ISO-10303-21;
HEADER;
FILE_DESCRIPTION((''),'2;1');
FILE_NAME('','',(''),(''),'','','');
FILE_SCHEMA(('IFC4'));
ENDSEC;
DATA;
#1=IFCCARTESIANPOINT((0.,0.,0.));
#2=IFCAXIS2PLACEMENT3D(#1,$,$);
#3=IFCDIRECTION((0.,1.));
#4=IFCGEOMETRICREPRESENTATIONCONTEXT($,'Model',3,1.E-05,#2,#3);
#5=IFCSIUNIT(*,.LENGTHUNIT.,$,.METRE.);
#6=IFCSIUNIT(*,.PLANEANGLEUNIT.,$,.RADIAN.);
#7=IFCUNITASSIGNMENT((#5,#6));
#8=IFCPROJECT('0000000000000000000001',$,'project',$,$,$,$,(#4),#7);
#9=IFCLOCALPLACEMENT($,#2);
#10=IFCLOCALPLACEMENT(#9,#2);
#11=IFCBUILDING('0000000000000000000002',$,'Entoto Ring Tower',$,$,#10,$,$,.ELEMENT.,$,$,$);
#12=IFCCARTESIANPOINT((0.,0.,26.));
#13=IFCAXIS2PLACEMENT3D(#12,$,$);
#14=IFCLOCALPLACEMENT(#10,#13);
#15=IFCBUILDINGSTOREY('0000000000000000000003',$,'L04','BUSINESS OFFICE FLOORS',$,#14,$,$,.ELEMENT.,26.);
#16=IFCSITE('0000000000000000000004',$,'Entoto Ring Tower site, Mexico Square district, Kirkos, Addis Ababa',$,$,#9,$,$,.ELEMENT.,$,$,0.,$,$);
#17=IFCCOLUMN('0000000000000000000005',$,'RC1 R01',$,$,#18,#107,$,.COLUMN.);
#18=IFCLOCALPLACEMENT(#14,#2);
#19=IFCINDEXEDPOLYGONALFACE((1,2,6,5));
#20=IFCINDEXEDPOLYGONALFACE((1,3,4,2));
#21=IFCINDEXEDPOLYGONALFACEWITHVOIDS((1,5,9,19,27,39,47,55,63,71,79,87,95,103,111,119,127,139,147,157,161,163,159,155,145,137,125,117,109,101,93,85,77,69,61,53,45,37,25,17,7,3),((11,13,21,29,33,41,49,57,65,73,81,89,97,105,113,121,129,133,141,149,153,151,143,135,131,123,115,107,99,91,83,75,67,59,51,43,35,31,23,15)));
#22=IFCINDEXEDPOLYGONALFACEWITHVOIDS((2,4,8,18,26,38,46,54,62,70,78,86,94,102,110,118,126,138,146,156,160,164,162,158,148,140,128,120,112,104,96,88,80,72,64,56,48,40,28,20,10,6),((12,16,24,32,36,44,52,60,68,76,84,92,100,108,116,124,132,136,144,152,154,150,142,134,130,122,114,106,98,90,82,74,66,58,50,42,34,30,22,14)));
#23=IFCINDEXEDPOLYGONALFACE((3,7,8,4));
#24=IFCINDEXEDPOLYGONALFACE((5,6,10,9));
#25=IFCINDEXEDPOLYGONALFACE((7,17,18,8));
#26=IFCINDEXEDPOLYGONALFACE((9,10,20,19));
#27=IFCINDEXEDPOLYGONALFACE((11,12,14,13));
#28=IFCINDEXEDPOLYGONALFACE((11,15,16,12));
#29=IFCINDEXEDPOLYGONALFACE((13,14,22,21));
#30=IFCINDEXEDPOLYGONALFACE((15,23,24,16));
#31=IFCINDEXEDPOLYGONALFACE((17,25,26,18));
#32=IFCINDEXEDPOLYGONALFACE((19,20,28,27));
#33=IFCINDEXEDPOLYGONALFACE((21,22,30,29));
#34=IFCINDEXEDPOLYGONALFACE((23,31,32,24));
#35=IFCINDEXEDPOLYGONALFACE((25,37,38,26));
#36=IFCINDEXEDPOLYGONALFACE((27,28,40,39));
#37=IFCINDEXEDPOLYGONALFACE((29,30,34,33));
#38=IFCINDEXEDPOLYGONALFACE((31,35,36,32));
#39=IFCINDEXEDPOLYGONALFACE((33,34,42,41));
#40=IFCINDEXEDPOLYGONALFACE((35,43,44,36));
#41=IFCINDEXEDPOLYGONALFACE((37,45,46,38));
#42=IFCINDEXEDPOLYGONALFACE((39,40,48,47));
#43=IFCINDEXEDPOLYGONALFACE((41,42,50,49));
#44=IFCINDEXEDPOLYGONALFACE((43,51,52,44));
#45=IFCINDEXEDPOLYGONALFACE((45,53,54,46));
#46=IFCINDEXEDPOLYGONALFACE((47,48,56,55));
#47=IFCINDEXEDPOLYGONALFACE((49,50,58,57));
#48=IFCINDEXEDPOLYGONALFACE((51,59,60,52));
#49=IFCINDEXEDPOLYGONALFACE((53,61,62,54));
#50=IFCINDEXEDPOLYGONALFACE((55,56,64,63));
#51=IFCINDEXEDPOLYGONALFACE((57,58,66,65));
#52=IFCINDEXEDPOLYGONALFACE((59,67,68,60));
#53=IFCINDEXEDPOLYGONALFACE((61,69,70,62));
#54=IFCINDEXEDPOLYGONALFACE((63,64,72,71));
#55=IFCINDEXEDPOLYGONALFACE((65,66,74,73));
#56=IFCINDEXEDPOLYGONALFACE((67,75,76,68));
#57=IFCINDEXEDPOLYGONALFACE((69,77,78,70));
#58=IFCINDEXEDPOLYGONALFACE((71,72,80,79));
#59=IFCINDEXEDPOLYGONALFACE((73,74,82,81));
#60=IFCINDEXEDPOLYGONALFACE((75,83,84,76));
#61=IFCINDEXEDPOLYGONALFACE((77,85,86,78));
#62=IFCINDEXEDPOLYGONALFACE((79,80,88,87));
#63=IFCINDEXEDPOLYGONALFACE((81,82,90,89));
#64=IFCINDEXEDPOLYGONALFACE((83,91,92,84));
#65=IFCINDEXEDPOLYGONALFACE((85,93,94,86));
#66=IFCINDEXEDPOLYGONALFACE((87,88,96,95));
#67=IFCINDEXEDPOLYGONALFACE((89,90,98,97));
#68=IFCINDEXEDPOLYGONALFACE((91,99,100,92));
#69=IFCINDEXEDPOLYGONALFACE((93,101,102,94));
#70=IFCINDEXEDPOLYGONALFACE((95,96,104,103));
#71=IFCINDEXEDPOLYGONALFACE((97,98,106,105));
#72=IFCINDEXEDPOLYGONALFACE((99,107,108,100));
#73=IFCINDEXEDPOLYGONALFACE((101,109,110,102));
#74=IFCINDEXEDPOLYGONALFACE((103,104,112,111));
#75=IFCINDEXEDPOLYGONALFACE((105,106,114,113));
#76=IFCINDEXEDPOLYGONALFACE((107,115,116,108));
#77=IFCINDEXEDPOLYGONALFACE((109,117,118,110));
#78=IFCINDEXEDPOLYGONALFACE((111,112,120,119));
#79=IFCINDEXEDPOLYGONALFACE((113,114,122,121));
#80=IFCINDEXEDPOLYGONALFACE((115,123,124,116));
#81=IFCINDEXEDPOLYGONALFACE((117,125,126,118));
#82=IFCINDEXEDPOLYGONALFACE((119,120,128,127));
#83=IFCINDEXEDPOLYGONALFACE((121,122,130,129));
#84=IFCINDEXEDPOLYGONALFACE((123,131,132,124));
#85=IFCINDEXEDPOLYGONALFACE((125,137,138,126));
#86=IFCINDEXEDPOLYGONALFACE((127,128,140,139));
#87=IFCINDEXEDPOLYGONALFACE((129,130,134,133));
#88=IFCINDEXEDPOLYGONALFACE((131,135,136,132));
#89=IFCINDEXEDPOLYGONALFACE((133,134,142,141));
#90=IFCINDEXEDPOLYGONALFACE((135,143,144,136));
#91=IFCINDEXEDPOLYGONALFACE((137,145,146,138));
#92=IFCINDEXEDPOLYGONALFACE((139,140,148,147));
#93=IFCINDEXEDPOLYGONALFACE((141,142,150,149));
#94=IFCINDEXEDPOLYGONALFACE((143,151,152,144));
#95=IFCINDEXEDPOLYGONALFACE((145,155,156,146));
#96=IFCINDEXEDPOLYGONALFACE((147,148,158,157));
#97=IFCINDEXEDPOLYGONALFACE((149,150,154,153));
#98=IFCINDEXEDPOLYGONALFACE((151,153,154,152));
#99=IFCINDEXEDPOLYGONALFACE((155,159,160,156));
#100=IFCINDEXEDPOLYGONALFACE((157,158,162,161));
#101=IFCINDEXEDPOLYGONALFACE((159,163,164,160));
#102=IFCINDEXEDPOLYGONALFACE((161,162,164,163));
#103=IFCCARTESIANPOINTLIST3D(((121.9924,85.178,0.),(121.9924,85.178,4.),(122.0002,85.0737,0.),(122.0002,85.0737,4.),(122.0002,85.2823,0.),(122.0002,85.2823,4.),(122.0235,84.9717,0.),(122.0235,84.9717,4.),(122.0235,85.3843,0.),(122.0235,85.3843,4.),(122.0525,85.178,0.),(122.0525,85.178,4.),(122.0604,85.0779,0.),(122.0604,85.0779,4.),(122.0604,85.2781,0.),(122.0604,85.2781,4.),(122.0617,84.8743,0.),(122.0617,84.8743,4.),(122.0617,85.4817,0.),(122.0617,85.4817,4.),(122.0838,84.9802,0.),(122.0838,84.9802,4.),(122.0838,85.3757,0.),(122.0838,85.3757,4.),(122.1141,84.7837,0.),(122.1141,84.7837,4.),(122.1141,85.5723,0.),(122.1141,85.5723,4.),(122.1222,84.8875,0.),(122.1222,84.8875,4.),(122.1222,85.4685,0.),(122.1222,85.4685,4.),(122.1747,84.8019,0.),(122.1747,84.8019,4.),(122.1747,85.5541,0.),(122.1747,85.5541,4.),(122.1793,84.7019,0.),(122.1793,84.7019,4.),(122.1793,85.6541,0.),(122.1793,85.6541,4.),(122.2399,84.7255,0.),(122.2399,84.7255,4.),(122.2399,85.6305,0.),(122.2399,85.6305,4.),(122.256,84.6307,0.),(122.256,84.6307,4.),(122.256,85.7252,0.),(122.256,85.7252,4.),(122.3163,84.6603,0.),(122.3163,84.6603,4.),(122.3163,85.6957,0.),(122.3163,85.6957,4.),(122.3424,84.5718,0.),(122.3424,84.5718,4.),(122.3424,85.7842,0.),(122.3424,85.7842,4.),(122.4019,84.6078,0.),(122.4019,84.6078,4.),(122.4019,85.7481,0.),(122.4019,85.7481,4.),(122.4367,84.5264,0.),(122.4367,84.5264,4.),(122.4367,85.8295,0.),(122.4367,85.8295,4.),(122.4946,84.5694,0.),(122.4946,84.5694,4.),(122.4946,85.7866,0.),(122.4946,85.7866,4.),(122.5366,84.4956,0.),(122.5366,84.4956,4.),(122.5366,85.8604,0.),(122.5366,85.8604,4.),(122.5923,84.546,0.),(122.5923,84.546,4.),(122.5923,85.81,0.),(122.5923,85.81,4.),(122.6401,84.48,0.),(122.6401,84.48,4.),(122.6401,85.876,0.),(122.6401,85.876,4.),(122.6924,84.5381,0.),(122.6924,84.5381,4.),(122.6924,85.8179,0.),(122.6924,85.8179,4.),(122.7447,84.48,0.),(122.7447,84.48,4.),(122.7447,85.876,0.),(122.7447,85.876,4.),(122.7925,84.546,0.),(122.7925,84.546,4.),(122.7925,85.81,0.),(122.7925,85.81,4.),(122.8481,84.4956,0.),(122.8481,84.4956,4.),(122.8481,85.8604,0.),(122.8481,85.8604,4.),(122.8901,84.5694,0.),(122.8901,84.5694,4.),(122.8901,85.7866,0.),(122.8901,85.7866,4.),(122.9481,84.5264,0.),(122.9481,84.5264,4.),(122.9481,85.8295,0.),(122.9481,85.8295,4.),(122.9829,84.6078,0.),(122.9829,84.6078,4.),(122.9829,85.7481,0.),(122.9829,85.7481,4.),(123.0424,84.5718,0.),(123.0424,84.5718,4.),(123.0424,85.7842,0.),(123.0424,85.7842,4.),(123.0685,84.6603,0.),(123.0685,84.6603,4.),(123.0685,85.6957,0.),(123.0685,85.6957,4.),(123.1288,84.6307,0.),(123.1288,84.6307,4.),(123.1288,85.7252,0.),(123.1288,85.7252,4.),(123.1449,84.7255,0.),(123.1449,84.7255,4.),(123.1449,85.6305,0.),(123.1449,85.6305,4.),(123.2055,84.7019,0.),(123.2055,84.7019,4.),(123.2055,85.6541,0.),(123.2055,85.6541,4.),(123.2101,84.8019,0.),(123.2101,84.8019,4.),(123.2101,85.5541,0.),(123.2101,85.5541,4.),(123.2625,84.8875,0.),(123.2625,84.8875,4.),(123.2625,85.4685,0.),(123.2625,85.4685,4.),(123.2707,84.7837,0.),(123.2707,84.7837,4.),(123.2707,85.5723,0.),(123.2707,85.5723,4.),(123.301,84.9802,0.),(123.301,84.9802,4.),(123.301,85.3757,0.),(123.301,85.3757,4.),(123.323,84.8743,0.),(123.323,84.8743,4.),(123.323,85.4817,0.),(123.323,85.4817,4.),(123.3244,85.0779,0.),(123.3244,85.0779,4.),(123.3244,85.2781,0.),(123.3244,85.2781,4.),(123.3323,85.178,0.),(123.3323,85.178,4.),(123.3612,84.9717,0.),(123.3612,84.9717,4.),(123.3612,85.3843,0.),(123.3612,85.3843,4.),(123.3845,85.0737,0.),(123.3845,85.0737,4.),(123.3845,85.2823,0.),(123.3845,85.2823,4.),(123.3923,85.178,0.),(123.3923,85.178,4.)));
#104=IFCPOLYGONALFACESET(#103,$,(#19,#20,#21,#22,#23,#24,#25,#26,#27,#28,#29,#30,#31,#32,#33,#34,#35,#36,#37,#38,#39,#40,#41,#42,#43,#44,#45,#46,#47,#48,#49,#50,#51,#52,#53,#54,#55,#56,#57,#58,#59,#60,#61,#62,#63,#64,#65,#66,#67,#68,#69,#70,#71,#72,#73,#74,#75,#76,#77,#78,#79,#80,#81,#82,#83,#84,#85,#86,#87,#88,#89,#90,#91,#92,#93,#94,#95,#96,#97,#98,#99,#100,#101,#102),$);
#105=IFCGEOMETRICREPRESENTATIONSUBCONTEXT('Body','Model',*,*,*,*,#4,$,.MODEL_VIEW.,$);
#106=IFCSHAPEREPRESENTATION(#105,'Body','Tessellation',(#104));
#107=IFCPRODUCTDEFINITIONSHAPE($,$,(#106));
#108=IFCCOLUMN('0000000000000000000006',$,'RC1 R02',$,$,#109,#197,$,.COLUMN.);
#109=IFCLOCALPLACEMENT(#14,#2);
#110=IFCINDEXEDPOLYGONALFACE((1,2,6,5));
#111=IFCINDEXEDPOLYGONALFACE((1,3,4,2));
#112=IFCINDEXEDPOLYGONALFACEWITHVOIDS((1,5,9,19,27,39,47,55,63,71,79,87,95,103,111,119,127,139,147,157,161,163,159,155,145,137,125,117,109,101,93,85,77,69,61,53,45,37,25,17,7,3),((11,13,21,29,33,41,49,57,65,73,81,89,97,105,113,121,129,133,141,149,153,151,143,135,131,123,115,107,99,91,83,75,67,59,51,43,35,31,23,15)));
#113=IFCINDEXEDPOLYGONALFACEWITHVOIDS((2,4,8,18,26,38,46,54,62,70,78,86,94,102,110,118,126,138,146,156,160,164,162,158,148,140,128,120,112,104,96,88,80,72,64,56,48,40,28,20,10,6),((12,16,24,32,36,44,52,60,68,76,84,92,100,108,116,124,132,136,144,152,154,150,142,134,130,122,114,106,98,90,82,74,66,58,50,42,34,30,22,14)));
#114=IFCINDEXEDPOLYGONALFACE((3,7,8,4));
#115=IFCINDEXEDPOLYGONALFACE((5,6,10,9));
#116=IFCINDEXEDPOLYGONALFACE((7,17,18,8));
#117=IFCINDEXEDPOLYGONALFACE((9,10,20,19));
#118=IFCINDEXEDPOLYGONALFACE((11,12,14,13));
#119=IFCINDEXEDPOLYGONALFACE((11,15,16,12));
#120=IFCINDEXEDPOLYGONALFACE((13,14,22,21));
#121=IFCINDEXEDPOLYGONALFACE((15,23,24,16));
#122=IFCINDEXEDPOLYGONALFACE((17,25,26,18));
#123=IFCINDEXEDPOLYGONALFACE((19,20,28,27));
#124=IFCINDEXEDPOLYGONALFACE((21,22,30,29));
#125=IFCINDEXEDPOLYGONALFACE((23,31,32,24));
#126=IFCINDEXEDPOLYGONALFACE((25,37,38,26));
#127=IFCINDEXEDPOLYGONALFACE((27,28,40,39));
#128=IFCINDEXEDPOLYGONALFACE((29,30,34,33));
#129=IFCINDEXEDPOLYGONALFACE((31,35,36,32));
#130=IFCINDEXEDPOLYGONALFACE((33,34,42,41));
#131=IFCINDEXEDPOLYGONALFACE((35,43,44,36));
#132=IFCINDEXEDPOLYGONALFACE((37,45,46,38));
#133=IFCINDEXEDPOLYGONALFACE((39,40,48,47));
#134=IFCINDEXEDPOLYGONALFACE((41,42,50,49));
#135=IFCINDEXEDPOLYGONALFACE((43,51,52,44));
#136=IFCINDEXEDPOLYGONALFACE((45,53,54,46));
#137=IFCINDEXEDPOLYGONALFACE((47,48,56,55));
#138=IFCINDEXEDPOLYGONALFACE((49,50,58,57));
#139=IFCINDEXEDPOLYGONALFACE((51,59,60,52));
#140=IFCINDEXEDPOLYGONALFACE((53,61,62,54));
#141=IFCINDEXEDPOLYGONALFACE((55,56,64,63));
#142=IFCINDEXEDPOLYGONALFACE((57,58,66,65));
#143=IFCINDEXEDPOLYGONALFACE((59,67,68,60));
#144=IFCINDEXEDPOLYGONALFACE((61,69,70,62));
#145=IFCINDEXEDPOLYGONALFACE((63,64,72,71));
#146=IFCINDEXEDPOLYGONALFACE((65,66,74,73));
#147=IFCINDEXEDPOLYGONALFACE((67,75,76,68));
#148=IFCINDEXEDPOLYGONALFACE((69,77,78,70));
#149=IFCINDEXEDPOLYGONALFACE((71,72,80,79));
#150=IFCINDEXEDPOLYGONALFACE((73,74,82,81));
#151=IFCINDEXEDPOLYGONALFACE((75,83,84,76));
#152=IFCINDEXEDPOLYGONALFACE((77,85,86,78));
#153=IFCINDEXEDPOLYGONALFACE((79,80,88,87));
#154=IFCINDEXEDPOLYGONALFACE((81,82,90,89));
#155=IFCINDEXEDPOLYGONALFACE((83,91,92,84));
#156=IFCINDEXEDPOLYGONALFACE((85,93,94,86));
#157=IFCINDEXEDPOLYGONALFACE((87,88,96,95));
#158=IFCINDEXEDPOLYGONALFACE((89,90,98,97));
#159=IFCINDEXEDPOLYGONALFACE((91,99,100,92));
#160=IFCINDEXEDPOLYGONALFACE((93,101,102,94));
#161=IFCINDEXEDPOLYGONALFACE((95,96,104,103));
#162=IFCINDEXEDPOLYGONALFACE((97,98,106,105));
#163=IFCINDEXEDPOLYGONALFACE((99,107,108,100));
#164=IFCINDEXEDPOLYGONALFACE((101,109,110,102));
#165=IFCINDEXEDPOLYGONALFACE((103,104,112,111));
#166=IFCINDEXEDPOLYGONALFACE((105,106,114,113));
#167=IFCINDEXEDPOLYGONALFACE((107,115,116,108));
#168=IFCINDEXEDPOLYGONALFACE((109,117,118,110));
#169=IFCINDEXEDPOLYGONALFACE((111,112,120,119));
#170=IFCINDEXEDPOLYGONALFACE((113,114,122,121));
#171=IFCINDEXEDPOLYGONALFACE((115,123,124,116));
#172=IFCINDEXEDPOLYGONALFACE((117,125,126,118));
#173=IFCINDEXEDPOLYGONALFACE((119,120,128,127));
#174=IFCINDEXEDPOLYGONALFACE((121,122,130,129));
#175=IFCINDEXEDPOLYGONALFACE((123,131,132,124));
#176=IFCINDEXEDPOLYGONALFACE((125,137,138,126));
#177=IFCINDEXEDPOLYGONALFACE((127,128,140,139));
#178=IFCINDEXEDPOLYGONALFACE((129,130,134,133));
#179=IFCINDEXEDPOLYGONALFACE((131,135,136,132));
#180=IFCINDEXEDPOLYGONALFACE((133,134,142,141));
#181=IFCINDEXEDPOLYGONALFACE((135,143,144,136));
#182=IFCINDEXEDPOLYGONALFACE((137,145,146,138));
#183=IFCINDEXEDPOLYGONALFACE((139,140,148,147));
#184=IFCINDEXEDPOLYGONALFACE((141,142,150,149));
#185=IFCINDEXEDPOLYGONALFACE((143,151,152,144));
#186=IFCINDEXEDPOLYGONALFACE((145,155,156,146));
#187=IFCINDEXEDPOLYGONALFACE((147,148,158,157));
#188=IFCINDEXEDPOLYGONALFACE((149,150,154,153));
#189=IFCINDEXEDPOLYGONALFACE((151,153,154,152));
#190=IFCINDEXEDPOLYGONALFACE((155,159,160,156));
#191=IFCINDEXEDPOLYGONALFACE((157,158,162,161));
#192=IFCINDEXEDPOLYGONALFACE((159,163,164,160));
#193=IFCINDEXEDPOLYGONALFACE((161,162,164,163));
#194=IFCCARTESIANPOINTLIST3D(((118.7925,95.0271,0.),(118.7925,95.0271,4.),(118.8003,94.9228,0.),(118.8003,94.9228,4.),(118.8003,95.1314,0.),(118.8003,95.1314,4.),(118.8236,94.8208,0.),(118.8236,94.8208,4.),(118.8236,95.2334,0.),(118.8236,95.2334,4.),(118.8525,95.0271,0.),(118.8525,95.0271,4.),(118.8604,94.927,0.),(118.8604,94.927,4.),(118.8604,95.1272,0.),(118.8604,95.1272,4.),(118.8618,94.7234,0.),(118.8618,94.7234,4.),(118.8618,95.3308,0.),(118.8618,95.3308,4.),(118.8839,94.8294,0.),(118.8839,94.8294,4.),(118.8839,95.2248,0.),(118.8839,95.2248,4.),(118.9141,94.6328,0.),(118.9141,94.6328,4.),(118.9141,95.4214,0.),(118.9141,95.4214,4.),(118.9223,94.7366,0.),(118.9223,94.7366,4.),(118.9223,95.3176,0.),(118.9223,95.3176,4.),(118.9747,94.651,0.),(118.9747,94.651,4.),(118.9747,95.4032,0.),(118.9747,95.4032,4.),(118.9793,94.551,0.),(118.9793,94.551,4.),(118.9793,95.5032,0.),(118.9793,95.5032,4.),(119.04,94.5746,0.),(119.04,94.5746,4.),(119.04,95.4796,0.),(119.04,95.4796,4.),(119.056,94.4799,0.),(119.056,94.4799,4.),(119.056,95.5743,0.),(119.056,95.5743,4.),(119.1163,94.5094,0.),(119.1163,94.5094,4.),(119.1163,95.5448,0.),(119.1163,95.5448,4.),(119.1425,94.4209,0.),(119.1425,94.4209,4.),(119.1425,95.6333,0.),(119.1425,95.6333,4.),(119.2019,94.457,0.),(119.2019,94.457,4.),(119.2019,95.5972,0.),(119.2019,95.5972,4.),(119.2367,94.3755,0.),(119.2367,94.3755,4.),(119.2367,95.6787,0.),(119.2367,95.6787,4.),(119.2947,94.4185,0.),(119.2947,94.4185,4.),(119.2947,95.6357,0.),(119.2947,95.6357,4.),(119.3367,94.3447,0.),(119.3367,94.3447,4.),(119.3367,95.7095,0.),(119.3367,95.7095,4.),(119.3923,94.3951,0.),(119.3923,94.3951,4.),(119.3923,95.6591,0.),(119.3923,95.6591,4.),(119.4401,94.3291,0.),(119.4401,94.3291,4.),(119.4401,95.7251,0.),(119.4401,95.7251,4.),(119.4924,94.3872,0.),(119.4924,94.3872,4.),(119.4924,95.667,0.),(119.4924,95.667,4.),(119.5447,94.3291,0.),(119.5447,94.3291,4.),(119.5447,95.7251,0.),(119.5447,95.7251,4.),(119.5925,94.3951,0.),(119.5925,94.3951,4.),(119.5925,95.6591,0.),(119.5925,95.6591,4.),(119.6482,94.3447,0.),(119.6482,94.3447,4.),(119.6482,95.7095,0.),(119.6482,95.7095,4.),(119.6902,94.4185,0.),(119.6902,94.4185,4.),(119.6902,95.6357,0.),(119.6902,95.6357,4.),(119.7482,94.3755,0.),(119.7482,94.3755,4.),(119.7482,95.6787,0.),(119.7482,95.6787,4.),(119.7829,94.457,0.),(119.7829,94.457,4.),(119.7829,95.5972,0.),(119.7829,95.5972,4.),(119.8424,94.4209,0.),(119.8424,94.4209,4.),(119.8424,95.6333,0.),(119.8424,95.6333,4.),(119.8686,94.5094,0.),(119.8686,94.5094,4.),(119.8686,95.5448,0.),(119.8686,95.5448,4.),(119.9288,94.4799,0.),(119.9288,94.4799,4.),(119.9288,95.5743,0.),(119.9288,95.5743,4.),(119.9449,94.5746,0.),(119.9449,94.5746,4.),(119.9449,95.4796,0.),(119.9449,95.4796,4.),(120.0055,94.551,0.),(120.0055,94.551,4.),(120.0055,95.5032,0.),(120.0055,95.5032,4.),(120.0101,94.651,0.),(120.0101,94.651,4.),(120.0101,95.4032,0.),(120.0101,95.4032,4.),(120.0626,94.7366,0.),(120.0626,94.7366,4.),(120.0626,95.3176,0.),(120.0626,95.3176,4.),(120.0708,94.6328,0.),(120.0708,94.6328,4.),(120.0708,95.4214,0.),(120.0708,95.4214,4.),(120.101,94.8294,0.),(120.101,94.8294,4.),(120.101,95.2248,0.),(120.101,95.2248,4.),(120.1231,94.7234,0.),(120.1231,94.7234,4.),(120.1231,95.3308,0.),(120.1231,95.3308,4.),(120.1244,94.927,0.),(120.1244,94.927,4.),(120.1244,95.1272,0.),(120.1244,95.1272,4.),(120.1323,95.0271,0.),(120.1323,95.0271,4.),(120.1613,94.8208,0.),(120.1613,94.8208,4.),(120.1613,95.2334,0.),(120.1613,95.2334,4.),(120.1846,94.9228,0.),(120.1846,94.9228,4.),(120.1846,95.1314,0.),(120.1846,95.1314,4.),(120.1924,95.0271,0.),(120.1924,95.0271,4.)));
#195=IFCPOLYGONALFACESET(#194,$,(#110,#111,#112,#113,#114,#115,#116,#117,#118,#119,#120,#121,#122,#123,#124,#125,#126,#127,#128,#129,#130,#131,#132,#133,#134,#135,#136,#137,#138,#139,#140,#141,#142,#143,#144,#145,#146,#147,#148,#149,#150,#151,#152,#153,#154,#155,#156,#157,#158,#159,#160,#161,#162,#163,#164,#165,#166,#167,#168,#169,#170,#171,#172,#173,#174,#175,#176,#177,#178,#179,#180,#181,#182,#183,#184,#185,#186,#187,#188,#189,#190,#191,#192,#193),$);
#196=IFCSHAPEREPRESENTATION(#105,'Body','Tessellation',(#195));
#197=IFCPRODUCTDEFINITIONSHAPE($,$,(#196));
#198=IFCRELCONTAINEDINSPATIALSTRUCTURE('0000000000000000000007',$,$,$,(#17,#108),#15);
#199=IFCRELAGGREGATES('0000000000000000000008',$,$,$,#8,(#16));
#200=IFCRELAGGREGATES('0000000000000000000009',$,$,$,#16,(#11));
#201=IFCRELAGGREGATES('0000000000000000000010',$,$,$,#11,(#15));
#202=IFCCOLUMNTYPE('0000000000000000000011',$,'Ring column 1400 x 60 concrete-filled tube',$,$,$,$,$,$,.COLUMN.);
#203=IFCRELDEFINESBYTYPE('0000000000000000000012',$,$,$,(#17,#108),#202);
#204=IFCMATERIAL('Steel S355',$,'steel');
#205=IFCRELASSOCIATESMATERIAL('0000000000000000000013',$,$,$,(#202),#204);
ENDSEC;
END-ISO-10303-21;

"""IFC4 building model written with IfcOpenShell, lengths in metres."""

from ifc_helpers import new_model, si_unit, direction, frame, origin, origin_2d, place, context, subcontext, project, spatial, circle, hollow_circle, extrude, material, material_profile, profile_set, type_object, element, save


model = new_model("IFC4")

# Units and contexts
model_context = context("Model", 3, precision=1e-05, world=origin(), true_north=direction((0.0, 1.0)))
body_context = subcontext(model_context, "Body", "Model", "MODEL_VIEW")
ifc_project = project(units=[si_unit("LENGTHUNIT", "METRE"), si_unit("PLANEANGLEUNIT", "RADIAN")], contexts=[model_context])

# Site, building, storey
site_placement = place(None, origin())
site = spatial("IfcSite", under=ifc_project, at=site_placement, Name="Entoto Ring Tower site, Mexico Square district, Kirkos, Addis Ababa", CompositionType="ELEMENT", RefElevation=0.0)
building_placement = place(site_placement, origin())
building = spatial("IfcBuilding", under=site, at=building_placement, Name="Entoto Ring Tower", CompositionType="ELEMENT")
storey_placement = place(building_placement, frame((0.0, 0.0, 26.0)))
storey = spatial("IfcBuildingStorey", under=building, at=storey_placement, Name="L04", Description="BUSINESS OFFICE FLOORS", CompositionType="ELEMENT", Elevation=26.0)

# Columns
ifc_material_1 = material(Name="Steel S355", Category="steel")
ifc_material_profile_1 = material_profile(ifc_material_1, hollow_circle(Radius=0.7, WallThickness=0.0601, at=origin_2d()), Name="CHS 1400 x 60")
ifc_material_2 = material(Name="Concrete C60/75", Category="concrete")
ifc_material_profile_2 = material_profile(ifc_material_2, circle(Radius=0.6399, at=origin_2d()), Name="Concrete C60/75 infill")
ifc_profile_set_1 = profile_set([ifc_material_profile_1, ifc_material_profile_2], Name="Steel S355")
column_type = type_object("IfcColumnType", Name="Ring column 1400 x 60 concrete-filled tube", PredefinedType="COLUMN", material=ifc_profile_set_1)
for number, where, z_axis, x_axis, name in (
    (1, (122.6924, 85.178, 0.0), (0.0, 0.0, 1.0), (1.0, 0.0, 0.0), "RC1 R01"),
    (2, (119.4924, 95.0271, 0.0), (0.0, 0.0, 1.0), (1.0, 0.0, 0.0), "RC1 R02"),
):
    element("IfcColumn", number, at=place(storey_placement, frame(where, z_axis=z_axis, x_axis=x_axis)), inside=storey, type_object=column_type, Name=name, PredefinedType="COLUMN", context=body_context, shape_type="SweptSolid", body=[
        extrude(hollow_circle(Radius=0.7, WallThickness=0.0601, at=origin_2d()), origin(), (0.0, 0.0, 1.0), 4.0),
    ])

save(model, "model.ifc")
